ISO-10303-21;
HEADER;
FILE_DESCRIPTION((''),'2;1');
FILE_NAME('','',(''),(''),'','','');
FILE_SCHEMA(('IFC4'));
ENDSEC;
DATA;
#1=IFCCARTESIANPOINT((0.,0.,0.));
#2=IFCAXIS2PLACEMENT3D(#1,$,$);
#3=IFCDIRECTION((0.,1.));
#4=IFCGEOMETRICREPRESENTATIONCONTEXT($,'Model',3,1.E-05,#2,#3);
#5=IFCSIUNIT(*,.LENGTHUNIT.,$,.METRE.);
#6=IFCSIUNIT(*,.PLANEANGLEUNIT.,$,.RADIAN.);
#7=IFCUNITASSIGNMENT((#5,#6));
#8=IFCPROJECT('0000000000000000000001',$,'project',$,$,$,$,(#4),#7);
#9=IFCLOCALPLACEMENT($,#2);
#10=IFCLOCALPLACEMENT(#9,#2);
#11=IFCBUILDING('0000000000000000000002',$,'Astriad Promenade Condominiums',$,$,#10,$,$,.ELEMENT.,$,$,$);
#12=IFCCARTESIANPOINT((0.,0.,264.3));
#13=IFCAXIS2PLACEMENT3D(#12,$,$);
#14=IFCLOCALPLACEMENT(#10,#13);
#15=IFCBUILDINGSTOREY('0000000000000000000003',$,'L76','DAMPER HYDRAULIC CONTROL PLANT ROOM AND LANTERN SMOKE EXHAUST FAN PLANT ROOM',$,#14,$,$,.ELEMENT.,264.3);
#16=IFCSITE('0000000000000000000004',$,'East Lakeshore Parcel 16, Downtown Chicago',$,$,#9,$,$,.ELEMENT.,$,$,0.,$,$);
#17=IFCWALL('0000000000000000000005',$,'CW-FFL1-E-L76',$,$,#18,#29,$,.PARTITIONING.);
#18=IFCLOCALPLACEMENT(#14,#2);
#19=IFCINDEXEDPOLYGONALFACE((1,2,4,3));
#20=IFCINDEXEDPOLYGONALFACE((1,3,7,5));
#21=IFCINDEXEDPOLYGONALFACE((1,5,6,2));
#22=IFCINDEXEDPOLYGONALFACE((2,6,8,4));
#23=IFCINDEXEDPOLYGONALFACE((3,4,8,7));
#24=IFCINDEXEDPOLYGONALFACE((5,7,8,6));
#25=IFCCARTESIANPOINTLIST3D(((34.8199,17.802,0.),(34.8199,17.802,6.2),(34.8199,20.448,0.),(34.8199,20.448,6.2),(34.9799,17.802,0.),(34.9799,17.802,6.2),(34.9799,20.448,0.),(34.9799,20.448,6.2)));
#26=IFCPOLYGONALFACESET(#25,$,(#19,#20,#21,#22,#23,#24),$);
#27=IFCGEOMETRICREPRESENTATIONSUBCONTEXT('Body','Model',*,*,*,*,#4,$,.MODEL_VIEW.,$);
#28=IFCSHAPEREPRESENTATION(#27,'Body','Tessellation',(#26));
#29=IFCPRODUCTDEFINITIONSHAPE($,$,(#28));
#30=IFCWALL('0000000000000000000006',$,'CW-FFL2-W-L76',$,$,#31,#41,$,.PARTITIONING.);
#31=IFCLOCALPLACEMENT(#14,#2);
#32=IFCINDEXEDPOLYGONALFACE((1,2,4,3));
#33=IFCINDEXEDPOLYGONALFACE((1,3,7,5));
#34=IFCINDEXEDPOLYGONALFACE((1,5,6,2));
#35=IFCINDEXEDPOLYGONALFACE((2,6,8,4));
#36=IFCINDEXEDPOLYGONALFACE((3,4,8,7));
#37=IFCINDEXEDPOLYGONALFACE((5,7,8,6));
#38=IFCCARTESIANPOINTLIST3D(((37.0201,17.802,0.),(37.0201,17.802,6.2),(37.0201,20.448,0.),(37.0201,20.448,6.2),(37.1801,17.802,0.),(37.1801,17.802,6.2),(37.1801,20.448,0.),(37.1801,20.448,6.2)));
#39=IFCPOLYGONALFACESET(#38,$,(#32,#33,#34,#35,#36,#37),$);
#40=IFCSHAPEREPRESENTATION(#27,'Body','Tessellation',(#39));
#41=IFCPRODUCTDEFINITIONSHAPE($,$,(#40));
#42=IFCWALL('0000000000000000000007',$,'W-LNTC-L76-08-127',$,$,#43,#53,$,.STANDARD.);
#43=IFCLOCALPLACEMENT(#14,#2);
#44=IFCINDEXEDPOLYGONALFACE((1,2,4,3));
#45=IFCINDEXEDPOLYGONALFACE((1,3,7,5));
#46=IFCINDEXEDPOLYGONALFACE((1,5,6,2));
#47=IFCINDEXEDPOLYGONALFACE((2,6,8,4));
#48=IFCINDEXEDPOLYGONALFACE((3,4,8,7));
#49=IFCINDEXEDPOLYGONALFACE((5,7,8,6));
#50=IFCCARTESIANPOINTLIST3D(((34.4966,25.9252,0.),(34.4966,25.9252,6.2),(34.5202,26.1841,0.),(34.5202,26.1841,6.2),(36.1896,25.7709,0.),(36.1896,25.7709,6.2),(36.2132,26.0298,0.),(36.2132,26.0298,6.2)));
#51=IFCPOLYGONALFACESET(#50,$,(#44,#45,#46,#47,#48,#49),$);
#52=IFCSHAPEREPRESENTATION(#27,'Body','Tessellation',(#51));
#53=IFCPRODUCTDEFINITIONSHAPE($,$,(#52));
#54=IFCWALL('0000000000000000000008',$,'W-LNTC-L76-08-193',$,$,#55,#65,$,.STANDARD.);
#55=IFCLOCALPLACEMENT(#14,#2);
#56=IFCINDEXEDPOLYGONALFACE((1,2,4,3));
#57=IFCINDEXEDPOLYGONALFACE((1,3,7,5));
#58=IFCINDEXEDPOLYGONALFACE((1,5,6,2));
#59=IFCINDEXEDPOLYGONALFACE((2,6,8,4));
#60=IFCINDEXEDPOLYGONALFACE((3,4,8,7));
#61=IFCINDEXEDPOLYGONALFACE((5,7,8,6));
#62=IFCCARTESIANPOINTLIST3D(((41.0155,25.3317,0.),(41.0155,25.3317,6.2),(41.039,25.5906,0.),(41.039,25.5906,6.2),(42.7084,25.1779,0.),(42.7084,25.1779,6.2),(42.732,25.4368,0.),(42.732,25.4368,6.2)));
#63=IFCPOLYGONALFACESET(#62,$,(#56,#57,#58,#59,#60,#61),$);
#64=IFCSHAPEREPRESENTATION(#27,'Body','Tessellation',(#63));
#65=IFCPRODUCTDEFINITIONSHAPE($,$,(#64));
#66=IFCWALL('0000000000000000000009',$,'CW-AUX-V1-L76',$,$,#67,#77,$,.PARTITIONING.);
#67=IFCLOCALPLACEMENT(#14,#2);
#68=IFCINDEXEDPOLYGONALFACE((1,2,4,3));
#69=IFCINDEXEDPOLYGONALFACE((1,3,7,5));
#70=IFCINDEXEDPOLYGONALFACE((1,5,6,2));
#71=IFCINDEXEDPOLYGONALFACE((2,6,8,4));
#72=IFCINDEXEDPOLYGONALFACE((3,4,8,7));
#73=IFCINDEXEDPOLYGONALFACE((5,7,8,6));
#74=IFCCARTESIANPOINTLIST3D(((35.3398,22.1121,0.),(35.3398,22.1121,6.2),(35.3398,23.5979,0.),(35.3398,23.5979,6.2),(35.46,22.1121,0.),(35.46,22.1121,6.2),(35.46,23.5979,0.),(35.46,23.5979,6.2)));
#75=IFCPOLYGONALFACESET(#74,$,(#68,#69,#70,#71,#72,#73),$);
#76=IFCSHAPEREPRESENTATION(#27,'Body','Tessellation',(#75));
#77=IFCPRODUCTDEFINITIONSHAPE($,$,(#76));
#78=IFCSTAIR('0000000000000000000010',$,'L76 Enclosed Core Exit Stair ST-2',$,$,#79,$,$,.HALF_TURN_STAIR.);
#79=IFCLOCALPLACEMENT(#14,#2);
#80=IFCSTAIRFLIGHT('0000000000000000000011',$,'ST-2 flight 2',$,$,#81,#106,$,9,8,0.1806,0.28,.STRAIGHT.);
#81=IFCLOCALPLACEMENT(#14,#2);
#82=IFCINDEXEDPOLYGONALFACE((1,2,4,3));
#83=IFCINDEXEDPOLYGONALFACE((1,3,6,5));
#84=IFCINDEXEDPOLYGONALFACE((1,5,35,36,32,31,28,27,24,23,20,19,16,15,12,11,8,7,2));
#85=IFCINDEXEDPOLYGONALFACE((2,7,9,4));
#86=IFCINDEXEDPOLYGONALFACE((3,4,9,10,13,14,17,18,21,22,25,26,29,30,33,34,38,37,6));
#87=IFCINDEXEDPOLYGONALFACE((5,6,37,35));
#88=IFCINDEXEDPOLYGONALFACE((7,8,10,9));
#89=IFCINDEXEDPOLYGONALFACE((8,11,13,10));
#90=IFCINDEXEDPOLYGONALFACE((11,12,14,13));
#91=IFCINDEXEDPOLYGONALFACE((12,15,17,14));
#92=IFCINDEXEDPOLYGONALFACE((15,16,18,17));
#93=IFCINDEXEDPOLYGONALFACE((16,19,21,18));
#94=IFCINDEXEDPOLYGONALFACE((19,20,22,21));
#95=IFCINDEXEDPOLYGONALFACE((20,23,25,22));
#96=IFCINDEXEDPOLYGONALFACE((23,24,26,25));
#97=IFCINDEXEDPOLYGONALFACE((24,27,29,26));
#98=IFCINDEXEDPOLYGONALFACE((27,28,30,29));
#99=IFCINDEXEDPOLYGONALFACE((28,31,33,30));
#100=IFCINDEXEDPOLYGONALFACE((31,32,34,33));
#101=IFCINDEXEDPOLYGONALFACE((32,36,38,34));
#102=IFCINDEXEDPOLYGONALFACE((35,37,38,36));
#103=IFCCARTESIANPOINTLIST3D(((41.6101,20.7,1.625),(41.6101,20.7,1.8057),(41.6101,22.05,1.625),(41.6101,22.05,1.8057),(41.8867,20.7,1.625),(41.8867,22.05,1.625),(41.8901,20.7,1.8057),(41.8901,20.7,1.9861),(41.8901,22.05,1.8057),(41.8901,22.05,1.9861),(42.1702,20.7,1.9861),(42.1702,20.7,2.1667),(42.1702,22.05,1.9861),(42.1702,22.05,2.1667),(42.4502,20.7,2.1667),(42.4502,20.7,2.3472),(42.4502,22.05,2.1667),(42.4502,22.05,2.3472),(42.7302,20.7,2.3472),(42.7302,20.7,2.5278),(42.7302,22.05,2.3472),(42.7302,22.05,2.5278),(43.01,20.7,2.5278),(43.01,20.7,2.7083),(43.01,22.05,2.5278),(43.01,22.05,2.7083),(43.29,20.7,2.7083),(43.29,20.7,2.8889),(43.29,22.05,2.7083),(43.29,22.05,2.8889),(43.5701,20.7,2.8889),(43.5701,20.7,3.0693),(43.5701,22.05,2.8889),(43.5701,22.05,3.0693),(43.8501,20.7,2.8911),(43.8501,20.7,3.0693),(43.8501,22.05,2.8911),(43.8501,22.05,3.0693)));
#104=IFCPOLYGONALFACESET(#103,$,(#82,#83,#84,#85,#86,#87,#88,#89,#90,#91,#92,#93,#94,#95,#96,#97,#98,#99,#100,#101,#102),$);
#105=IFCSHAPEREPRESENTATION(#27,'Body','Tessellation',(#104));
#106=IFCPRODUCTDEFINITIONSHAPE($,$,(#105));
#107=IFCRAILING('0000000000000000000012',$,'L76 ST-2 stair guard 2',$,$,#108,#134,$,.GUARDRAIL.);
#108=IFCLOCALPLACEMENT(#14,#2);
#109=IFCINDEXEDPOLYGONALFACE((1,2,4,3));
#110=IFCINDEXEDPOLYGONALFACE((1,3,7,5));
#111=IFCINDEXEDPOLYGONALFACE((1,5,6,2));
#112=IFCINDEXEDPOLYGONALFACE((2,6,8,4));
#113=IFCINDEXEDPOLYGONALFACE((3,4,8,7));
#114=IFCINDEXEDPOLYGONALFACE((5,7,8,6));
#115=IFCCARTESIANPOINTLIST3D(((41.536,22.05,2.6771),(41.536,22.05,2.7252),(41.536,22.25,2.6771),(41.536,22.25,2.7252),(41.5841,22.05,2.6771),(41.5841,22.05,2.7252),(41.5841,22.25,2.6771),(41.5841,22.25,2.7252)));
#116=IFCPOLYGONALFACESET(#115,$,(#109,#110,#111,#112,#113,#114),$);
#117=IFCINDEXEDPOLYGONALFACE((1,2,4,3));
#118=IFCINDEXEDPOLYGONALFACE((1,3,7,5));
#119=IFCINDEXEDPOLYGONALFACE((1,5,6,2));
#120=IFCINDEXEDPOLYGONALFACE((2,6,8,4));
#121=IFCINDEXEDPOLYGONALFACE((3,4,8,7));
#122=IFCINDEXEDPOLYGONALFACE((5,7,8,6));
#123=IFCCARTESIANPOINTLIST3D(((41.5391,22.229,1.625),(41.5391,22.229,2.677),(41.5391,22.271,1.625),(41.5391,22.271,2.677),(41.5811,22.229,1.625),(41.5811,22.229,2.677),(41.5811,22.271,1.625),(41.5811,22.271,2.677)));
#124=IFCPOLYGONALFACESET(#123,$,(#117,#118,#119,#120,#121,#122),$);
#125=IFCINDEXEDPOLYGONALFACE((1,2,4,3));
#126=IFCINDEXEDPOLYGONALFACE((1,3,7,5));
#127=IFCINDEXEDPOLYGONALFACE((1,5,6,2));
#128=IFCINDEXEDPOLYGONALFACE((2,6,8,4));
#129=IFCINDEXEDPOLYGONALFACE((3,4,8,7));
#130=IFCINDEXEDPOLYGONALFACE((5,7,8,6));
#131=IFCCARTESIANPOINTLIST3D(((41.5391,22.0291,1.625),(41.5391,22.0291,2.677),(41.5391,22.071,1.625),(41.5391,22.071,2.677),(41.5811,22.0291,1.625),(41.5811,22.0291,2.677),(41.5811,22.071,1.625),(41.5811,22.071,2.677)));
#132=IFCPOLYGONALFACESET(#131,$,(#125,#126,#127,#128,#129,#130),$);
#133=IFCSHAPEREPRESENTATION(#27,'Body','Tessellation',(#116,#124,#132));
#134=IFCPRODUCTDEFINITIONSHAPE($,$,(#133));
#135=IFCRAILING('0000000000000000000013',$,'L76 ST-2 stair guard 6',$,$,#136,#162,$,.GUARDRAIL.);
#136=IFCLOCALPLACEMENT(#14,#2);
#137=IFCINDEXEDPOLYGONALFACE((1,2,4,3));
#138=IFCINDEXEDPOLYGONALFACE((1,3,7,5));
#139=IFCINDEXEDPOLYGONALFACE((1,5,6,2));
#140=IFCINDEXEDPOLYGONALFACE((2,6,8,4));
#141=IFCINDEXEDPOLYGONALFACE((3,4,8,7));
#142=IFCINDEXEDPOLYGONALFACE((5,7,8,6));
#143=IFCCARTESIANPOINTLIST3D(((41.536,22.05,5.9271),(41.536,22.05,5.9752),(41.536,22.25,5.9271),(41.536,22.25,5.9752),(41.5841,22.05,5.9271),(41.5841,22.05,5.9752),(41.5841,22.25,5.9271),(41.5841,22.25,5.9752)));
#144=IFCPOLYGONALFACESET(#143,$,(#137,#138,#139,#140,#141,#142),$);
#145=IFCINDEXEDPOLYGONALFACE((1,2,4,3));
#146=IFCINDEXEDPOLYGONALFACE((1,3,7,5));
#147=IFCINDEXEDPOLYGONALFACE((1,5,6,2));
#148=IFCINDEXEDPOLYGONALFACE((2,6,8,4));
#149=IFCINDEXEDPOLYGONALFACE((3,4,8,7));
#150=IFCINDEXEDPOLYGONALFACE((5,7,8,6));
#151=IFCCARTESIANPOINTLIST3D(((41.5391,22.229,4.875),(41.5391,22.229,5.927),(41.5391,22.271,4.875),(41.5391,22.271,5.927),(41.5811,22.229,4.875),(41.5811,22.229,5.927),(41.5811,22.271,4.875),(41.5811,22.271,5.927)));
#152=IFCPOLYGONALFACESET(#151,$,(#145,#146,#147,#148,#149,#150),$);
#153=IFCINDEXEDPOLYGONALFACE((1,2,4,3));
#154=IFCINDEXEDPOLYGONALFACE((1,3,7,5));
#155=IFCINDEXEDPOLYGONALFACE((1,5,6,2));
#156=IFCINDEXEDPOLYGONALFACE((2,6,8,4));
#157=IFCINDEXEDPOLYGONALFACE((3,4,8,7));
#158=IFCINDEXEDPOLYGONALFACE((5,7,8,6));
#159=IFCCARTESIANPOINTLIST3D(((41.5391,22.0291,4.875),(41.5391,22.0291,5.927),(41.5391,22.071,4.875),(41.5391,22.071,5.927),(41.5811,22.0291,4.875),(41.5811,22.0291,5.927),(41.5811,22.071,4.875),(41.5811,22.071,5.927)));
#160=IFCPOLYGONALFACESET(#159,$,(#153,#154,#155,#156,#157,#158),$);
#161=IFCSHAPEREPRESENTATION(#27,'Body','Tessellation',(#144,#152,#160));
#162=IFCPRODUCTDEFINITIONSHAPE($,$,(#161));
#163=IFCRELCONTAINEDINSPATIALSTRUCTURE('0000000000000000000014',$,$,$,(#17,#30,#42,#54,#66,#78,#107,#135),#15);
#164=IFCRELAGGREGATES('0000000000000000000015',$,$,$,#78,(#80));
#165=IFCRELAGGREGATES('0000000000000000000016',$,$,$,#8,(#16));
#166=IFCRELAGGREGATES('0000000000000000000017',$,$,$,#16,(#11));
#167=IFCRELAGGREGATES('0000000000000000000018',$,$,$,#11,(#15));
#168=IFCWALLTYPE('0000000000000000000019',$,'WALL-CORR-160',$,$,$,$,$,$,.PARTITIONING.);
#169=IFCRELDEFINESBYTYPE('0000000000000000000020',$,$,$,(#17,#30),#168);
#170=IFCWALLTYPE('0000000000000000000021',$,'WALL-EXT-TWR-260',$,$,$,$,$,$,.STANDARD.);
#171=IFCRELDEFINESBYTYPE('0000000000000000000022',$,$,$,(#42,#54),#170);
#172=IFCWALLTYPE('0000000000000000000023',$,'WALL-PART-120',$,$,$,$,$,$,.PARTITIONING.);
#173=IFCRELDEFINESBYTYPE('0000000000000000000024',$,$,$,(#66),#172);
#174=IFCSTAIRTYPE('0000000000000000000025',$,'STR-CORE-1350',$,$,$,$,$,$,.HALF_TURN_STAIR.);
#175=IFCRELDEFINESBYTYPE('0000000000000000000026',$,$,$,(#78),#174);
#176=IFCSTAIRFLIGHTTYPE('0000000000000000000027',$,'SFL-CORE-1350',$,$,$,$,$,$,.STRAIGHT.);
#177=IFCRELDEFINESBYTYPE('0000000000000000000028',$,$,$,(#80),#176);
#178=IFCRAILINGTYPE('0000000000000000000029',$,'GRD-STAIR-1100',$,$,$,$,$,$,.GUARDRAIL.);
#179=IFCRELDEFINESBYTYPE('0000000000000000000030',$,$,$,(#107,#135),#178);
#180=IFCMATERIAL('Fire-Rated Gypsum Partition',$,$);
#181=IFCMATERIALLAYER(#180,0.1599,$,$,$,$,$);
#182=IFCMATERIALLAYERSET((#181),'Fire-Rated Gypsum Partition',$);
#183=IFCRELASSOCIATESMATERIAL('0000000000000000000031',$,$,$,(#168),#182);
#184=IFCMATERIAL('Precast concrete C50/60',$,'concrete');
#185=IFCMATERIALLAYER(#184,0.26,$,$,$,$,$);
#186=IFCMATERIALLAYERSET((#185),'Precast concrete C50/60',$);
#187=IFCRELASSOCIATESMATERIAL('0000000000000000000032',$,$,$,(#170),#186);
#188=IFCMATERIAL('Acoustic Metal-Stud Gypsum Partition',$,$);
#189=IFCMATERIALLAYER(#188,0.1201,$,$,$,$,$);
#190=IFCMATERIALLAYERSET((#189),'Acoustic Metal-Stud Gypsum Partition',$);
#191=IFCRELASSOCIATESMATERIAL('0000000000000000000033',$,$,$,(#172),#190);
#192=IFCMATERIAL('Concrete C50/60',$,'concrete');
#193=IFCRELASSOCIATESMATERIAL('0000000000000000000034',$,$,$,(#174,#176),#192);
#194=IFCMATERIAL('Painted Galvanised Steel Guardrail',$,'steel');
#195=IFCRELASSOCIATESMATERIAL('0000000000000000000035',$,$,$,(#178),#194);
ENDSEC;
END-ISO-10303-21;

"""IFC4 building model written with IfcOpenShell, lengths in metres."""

from ifc_helpers import new_model, si_unit, direction, frame, frame_2d, origin, origin_2d, place, context, subcontext, project, spatial, polyline, rectangle, outline, extrude, source, transform, mapped, material, layer, layer_set, type_object, type_shapes, element, aggregate, save


model = new_model("IFC4")

# Units and contexts
model_context = context("Model", 3, precision=1e-05, world=origin(), true_north=direction((0.0, 1.0)))
body_context = subcontext(model_context, "Body", "Model", "MODEL_VIEW")
ifc_project = project(units=[si_unit("LENGTHUNIT", "METRE"), si_unit("PLANEANGLEUNIT", "RADIAN")], contexts=[model_context])

# Site, building, storey
site_placement = place(None, origin())
site = spatial("IfcSite", under=ifc_project, at=site_placement, Name="East Lakeshore Parcel 16, Downtown Chicago", CompositionType="ELEMENT", RefElevation=0.0)
building_placement = place(site_placement, origin())
building = spatial("IfcBuilding", under=site, at=building_placement, Name="Astriad Promenade Condominiums", CompositionType="ELEMENT")
storey_placement = place(building_placement, frame((0.0, 0.0, 264.3)))
storey = spatial("IfcBuildingStorey", under=building, at=storey_placement, Name="L76", Description="DAMPER HYDRAULIC CONTROL PLANT ROOM AND LANTERN SMOKE EXHAUST FAN PLANT ROOM", CompositionType="ELEMENT", Elevation=264.3)

# Shared definitions
ifc_material_1 = material(Name="Concrete C50/60", Category="concrete")

# Walls
ifc_material_2 = material(Name="Fire-Rated Gypsum Partition")
ifc_layer_1 = layer(ifc_material_2, 0.1599)
ifc_layer_set_1 = layer_set([ifc_layer_1], Name="Fire-Rated Gypsum Partition")
wall_type_1 = type_object("IfcWallType", Name="WALL-CORR-160", PredefinedType="PARTITIONING", material=ifc_layer_set_1)
for number, where, z_axis, x_axis, name in (
    (1, (34.8999, 17.802, 0.0), (0.0, 0.0, 1.0), (0.0, 1.0, 0.0), "CW-FFL1-E-L76"),
    (2, (37.1001, 17.802, 0.0), (0.0, 0.0, 1.0), (0.0, 1.0, 0.0), "CW-FFL2-W-L76"),
):
    element("IfcWall", number, at=place(storey_placement, frame(where, z_axis=z_axis, x_axis=x_axis)), inside=storey, type_object=wall_type_1, Name=name, PredefinedType="PARTITIONING", context=body_context, shape_type="SweptSolid", body=[
        extrude(rectangle(XDim=2.646, YDim=0.1599, at=frame_2d((1.323, 0.0))), origin(), (0.0, 0.0, 1.0), 6.2),
    ])
ifc_material_3 = material(Name="Precast concrete C50/60", Category="concrete")
ifc_layer_2 = layer(ifc_material_3, 0.26)
ifc_layer_set_2 = layer_set([ifc_layer_2], Name="Precast concrete C50/60")
wall_type_2 = type_object("IfcWallType", Name="WALL-EXT-TWR-260", PredefinedType="STANDARD", material=ifc_layer_set_2)
for number, where, z_axis, x_axis, name in (
    (3, (34.5083, 26.0547, 0.0), (0.0, 0.0, 1.0), (0.995872, -0.090769, 0.0), "W-LNTC-L76-08-127"),
    (4, (41.0271, 25.4612, 0.0), (0.0, 0.0, 1.0), (0.995898, -0.090484, 0.0), "W-LNTC-L76-08-193"),
):
    element("IfcWall", number, at=place(storey_placement, frame(where, z_axis=z_axis, x_axis=x_axis)), inside=storey, type_object=wall_type_2, Name=name, PredefinedType="STANDARD", context=body_context, shape_type="SweptSolid", body=[
        extrude(rectangle(XDim=1.7, YDim=0.26, at=frame_2d((0.8501, 0.0))), origin(), (0.0, 0.0, 1.0), 6.2),
    ])
ifc_material_4 = material(Name="Acoustic Metal-Stud Gypsum Partition")
ifc_layer_3 = layer(ifc_material_4, 0.1201)
ifc_layer_set_3 = layer_set([ifc_layer_3], Name="Acoustic Metal-Stud Gypsum Partition")
wall_type_3 = type_object("IfcWallType", Name="WALL-PART-120", PredefinedType="PARTITIONING", material=ifc_layer_set_3)
wall_1_placement = place(storey_placement, frame((35.3999, 22.1121, 0.0), z_axis=(0.0, 0.0, 1.0), x_axis=(0.0, 1.0, 0.0)))
element("IfcWall", 5, at=wall_1_placement, inside=storey, type_object=wall_type_3, Name="CW-AUX-V1-L76", PredefinedType="PARTITIONING", context=body_context, shape_type="SweptSolid", body=[
    extrude(rectangle(XDim=1.4858, YDim=0.1201, at=frame_2d((0.7429, 0.0))), origin(), (0.0, 0.0, 1.0), 6.2),
])

# Stair, stair flight
stair_type = type_object("IfcStairType", Name="STR-CORE-1350", PredefinedType="HALF_TURN_STAIR", material=ifc_material_1)
stair_placement = place(storey_placement, origin())
stair = element("IfcStair", 6, at=stair_placement, inside=storey, type_object=stair_type, Name="L76 Enclosed Core Exit Stair ST-2", PredefinedType="HALF_TURN_STAIR")
stair_flight_type = type_object("IfcStairFlightType", Name="SFL-CORE-1350", PredefinedType="STRAIGHT", material=ifc_material_1)
shared_shape_1 = source(origin(), body_context, "Body", "SweptSolid", [
    extrude(outline(polyline([(0.0, 0.0), (0.0, 0.1807), (0.28, 0.1807), (0.28, 0.3611), (0.5601, 0.3611), (0.5601, 0.5417), (0.8401, 0.5417), (0.8401, 0.7222), (1.1201, 0.7222), (1.1201, 0.9028), (1.3999, 0.9028), (1.3999, 1.0833), (1.6799, 1.0833), (1.6799, 1.2639), (1.96, 1.2639), (1.96, 1.4443), (2.24, 1.4443), (2.24, 1.625), (2.24, 1.2661), (0.2766, 0.0), (0.0, 0.0)])), frame((0.0, 0.675, 0.0), z_axis=(0.0, -1.0, 0.0), x_axis=(1.0, 0.0, 0.0)), (0.0, 0.0, 1.0), 1.3501),
])
type_shapes(stair_flight_type, [shared_shape_1])
stair_flight_placement = place(storey_placement, frame((41.6101, 21.375, 1.625), z_axis=(0.0, 0.0, 1.0), x_axis=(1.0, 0.0, 0.0)))
stair_flight = element("IfcStairFlight", 7, at=stair_flight_placement, type_object=stair_flight_type, Name="ST-2 flight 2", NumberOfRisers=9, NumberOfTreads=8, PredefinedType="STRAIGHT", RiserHeight=0.1806, TreadLength=0.28, context=body_context, shape_type="MappedRepresentation", body=[
    mapped(shared_shape_1, transform((0.0, 0.0, 0.0), scale=1.0)),
])
aggregate(stair, [stair_flight])

# Railings
ifc_material_5 = material(Name="Painted Galvanised Steel Guardrail", Category="steel")
railing_type = type_object("IfcRailingType", Name="GRD-STAIR-1100", PredefinedType="GUARDRAIL", material=ifc_material_5)
shared_shape_2 = source(origin(), body_context, "Body", "SweptSolid", [
    extrude(rectangle(XDim=0.0481, YDim=0.0481, at=origin_2d()), frame((0.0, 0.0, 1.0762), z_axis=(0.0, -1.0, 0.0), x_axis=(1.0, 0.0, 0.0)), (0.0, 0.0, 1.0), 0.2),
    extrude(rectangle(XDim=0.042, YDim=0.042, at=origin_2d()), origin(), (0.0, 0.0, 1.0), 1.052),
    extrude(rectangle(XDim=0.042, YDim=0.042, at=origin_2d()), frame((0.0, -0.2, 0.0)), (0.0, 0.0, 1.0), 1.052),
])
type_shapes(railing_type, [shared_shape_2])
for number, where, name in (
    (8, (41.5601, 22.25, 1.625), "L76 ST-2 stair guard 2"),
    (9, (41.5601, 22.25, 4.875), "L76 ST-2 stair guard 6"),
):
    element("IfcRailing", number, at=place(storey_placement, frame(where)), inside=storey, type_object=railing_type, Name=name, PredefinedType="GUARDRAIL", context=body_context, shape_type="MappedRepresentation", body=[
        mapped(shared_shape_2, transform((0.0, 0.0, 0.0), scale=1.0)),
    ])

save(model, "model.ifc")
